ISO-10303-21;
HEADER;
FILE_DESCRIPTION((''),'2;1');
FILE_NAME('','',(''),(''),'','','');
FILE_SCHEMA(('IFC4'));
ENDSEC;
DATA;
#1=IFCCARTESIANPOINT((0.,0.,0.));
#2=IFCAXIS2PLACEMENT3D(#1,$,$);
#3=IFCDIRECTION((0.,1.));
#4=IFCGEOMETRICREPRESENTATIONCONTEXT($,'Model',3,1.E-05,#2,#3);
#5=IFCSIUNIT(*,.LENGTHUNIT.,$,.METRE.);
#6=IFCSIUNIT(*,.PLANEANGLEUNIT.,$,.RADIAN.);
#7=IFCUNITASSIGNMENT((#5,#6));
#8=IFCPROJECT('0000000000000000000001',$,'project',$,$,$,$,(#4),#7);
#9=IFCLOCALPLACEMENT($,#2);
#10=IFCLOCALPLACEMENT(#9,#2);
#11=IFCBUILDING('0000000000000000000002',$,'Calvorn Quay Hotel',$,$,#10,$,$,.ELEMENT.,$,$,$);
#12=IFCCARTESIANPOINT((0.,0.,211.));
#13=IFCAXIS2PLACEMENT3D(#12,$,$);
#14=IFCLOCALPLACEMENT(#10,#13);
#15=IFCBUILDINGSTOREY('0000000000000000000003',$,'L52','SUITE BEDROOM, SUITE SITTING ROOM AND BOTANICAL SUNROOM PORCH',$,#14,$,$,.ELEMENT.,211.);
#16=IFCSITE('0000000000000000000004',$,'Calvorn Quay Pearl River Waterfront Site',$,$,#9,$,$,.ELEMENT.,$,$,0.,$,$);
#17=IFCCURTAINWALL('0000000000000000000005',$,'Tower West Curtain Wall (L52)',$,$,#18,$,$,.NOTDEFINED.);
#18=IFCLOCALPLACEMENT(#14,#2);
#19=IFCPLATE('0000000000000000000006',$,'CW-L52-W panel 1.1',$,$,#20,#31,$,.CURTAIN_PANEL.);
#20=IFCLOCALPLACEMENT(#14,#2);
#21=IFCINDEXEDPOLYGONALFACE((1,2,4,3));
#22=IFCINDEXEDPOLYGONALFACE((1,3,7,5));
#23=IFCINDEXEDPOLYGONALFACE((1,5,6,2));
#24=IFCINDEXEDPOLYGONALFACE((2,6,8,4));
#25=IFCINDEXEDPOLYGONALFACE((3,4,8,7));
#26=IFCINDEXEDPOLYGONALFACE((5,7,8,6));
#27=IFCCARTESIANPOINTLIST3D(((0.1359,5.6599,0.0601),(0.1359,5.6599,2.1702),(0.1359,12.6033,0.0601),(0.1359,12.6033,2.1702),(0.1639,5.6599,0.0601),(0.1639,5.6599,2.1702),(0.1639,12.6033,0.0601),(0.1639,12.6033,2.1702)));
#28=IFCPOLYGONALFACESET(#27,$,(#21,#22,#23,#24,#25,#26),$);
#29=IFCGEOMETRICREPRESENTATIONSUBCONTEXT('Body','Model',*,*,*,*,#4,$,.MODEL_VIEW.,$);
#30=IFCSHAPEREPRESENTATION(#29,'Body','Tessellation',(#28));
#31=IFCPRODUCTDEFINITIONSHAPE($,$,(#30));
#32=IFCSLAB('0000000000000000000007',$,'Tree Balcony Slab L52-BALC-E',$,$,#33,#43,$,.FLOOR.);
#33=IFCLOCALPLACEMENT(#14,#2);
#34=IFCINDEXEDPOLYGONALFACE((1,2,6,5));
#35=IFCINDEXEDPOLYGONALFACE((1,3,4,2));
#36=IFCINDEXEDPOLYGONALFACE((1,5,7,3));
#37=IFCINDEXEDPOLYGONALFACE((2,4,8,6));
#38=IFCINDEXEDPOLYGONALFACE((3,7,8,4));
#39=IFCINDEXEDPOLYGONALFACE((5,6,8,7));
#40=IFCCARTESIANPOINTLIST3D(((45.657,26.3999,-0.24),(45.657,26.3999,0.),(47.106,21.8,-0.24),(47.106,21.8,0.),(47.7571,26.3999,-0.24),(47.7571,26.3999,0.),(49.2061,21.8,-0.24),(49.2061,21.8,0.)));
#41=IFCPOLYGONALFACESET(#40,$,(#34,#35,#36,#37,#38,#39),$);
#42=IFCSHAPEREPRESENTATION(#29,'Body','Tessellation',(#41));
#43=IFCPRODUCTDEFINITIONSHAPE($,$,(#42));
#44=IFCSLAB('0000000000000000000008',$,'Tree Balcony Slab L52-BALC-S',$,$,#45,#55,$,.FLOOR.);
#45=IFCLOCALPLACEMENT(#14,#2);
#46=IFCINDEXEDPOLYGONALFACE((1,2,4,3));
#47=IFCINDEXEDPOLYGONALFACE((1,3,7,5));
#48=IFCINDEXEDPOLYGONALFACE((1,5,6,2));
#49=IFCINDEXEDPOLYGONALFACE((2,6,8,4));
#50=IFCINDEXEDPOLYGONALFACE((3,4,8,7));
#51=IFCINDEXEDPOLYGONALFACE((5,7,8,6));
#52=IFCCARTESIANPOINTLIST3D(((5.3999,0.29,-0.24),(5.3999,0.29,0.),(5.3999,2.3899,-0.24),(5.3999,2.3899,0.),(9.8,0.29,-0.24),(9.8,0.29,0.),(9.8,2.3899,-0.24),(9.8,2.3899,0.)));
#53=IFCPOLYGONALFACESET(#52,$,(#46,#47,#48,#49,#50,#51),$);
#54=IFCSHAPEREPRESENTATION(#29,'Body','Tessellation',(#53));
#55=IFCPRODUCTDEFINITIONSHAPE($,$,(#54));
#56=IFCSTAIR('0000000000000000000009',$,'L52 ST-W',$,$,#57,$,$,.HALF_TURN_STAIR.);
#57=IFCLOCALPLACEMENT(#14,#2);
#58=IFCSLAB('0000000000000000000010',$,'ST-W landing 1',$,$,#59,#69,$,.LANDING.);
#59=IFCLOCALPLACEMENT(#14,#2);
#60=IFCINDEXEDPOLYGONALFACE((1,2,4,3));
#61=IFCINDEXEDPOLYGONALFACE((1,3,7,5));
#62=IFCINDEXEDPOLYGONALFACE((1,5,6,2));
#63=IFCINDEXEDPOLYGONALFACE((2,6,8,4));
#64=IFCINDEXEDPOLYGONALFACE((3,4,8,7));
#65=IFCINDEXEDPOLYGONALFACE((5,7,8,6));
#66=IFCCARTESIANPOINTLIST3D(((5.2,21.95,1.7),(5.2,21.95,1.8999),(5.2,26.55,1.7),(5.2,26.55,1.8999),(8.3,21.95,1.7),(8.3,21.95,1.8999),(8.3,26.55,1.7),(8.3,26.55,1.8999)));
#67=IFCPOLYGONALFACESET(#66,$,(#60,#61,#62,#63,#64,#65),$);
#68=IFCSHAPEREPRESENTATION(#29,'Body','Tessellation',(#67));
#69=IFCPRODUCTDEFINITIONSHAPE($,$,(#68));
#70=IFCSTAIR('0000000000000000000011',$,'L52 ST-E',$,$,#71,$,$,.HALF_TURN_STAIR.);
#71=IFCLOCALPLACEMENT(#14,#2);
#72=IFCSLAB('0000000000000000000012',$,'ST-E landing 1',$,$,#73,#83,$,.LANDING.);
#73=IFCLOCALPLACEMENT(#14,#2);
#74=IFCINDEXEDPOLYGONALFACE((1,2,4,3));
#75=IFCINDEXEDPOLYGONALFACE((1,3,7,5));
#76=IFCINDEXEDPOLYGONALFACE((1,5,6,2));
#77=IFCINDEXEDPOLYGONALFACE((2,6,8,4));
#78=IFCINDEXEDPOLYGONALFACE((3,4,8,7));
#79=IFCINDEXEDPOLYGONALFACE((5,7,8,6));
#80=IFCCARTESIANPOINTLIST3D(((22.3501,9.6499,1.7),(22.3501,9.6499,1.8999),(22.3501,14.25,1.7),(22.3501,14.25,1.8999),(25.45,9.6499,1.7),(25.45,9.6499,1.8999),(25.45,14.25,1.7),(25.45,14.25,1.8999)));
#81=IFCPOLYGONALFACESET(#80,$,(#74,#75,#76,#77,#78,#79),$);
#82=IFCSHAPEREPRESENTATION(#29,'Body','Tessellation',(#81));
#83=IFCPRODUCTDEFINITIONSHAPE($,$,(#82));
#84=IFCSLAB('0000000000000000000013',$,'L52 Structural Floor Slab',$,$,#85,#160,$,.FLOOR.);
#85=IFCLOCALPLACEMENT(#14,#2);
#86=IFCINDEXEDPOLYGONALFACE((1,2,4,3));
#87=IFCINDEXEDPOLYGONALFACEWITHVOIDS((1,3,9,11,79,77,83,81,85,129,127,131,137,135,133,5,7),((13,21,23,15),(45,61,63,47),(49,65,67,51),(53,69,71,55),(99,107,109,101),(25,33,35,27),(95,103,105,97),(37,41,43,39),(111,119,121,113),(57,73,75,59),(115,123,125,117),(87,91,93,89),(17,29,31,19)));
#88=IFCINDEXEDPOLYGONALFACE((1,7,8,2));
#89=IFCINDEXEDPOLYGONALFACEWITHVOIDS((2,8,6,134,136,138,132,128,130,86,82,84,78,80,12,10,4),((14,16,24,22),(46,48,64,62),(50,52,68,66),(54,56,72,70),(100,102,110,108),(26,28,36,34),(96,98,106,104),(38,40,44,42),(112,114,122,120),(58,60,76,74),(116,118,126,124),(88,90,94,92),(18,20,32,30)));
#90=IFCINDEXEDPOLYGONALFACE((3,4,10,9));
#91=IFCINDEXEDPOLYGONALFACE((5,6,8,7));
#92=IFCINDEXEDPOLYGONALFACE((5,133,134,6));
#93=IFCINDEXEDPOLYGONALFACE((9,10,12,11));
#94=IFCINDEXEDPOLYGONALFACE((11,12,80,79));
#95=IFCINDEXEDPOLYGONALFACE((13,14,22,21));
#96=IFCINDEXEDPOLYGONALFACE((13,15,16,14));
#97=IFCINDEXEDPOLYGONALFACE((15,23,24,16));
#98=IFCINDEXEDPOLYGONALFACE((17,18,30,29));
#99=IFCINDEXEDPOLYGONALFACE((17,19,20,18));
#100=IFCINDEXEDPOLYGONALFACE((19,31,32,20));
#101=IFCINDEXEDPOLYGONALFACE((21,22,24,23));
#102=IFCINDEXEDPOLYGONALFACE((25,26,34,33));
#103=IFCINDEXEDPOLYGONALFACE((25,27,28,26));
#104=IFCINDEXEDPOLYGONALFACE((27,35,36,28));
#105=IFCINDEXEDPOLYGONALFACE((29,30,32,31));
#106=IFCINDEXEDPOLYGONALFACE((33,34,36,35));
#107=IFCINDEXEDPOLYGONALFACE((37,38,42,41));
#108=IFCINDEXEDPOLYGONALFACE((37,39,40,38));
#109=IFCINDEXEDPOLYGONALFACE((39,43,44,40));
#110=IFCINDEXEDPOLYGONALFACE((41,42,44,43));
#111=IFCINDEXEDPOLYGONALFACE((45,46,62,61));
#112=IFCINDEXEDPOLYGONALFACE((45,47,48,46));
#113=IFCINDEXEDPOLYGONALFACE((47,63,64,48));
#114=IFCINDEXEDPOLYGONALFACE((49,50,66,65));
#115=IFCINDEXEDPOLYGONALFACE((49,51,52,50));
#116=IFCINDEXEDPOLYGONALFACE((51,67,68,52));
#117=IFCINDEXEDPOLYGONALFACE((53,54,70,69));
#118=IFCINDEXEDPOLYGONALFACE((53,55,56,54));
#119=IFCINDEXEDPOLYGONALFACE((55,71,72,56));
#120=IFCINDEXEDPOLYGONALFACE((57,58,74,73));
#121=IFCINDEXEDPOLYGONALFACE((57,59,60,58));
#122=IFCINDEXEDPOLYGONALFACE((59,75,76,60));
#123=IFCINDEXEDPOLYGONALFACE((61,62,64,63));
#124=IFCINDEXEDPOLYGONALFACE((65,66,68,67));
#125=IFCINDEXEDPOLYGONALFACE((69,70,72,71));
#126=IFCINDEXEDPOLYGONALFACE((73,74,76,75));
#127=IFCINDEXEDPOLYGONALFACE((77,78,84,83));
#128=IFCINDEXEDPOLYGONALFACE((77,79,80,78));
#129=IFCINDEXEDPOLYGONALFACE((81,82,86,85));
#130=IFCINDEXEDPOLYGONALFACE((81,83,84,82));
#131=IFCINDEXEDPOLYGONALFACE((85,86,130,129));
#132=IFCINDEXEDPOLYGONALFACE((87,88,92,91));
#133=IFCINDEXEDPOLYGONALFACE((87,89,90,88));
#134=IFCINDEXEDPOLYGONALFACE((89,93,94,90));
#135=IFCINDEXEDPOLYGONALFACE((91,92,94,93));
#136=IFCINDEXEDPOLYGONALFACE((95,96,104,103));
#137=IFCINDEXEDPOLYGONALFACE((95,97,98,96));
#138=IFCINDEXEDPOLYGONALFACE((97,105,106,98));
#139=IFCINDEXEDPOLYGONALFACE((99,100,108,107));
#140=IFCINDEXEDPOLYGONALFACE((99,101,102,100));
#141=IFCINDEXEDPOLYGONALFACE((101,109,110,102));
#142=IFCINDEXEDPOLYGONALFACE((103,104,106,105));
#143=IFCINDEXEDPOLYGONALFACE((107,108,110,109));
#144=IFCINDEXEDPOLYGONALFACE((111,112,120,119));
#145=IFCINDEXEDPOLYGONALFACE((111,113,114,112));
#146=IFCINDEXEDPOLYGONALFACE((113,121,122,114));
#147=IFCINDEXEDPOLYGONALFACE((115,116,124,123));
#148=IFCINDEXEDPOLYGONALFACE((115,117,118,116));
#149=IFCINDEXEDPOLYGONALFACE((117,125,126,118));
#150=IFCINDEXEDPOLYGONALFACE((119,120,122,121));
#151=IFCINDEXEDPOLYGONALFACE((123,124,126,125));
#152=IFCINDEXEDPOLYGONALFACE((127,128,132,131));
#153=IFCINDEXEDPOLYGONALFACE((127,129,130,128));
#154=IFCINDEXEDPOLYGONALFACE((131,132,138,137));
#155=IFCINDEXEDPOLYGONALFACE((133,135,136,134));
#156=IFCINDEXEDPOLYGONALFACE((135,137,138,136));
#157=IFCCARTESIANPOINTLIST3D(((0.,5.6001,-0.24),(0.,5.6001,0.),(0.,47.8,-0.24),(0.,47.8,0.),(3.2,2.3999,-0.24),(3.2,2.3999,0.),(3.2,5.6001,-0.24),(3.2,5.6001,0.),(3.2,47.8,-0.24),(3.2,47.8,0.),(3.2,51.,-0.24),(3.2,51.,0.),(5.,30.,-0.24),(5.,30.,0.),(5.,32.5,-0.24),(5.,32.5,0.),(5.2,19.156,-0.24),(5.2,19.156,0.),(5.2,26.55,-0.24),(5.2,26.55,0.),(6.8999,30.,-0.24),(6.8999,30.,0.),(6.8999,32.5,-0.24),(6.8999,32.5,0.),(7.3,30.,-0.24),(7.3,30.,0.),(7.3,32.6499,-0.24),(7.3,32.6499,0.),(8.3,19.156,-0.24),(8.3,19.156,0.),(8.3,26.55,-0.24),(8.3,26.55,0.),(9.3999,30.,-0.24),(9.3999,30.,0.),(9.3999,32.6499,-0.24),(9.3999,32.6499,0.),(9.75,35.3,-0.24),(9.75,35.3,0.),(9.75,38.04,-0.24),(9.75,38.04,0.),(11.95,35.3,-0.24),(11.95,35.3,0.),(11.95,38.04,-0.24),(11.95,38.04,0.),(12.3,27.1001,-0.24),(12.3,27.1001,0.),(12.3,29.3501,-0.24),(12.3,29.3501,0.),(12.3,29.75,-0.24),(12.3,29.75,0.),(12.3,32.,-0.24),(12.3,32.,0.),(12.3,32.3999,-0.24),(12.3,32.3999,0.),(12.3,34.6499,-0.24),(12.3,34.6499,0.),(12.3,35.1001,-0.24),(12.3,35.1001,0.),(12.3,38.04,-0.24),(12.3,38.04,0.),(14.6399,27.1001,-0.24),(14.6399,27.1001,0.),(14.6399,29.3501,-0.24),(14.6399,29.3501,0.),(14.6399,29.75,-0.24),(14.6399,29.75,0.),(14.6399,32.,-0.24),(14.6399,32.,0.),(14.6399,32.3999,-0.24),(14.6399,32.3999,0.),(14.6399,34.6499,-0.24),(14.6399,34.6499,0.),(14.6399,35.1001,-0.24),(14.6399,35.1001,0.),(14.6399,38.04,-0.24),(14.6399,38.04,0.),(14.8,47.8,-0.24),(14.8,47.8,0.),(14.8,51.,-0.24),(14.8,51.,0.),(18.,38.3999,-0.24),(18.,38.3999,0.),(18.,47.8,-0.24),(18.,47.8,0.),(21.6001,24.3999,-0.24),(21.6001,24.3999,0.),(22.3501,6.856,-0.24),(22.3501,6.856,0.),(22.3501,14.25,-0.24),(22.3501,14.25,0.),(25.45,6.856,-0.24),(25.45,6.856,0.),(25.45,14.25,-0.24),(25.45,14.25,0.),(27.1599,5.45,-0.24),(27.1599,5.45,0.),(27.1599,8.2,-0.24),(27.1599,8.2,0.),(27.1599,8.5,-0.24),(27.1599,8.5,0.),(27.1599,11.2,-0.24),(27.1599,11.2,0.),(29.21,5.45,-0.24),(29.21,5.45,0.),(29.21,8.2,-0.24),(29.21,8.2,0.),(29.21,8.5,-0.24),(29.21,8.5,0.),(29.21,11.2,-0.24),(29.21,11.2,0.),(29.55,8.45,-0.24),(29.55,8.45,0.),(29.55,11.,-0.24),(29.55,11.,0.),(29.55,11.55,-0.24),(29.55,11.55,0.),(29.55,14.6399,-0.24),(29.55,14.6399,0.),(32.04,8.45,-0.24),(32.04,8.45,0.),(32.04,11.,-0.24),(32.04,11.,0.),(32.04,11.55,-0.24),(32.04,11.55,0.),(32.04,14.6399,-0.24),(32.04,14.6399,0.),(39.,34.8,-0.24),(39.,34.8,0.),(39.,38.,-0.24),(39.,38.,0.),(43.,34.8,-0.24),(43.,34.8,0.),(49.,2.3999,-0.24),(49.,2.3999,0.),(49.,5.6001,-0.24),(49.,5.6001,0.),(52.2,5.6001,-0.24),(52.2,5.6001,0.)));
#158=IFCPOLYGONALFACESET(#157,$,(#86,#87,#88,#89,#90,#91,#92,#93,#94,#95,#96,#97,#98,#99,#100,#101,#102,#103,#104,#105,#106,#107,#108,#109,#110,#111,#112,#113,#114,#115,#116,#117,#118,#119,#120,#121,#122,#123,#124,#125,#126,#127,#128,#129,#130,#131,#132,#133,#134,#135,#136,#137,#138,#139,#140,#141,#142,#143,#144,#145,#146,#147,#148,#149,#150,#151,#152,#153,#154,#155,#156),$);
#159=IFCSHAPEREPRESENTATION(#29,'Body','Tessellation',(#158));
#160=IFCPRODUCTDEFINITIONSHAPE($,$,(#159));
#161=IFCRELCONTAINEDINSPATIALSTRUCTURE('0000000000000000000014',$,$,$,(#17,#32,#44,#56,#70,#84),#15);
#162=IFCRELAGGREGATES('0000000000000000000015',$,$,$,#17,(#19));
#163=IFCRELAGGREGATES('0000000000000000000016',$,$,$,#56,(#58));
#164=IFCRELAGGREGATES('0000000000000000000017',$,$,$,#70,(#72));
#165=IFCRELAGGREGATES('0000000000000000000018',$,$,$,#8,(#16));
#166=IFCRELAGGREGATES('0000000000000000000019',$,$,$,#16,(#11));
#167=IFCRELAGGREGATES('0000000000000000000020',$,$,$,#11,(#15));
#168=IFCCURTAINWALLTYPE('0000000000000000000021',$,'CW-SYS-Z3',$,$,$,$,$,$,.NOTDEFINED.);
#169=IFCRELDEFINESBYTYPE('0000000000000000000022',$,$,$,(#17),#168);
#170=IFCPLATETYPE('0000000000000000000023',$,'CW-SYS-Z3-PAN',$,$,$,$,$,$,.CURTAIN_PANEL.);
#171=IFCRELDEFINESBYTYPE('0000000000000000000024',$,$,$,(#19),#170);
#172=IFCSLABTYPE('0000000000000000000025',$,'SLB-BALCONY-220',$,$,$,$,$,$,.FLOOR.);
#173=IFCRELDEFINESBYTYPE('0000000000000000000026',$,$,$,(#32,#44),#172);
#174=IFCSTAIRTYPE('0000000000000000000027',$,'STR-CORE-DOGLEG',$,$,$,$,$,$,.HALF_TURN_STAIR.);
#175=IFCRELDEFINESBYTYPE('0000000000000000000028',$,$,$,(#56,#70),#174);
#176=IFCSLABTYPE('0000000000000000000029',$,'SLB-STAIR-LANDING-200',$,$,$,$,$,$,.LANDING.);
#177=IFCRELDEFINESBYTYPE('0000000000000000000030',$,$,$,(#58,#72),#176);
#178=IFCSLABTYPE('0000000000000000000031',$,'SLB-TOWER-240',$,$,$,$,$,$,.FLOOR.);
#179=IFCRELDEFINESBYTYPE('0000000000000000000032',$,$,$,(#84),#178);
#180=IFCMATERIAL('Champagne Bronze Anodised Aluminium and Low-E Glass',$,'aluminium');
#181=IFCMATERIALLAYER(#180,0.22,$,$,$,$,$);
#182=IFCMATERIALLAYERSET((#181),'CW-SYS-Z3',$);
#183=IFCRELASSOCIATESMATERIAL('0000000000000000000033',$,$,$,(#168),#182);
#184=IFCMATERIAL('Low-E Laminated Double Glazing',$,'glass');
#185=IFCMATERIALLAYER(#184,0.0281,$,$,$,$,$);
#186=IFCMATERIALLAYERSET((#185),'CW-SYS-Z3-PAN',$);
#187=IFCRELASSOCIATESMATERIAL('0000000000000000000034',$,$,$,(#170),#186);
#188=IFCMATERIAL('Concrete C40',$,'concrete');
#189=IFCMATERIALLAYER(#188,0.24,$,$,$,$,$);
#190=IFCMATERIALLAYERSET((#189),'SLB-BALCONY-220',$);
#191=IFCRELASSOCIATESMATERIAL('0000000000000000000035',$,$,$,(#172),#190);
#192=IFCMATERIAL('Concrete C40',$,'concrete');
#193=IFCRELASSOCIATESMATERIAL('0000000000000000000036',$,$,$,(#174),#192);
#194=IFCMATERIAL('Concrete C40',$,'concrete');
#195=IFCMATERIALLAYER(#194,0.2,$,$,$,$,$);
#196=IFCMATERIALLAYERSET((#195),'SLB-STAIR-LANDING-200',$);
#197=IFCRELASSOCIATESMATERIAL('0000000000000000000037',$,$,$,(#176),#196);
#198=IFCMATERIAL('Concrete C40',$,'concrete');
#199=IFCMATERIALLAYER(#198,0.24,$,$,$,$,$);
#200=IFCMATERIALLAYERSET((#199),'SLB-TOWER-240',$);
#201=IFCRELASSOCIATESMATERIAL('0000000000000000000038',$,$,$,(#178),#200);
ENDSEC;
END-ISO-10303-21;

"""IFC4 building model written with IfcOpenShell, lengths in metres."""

from ifc_helpers import new_model, si_unit, direction, frame, origin, origin_2d, place, context, subcontext, project, spatial, polyline, rectangle, outline, extrude, material, layer, layer_set, type_object, element, aggregate, save


model = new_model("IFC4")

# Units and contexts
model_context = context("Model", 3, precision=1e-05, world=origin(), true_north=direction((0.0, 1.0)))
body_context = subcontext(model_context, "Body", "Model", "MODEL_VIEW")
ifc_project = project(units=[si_unit("LENGTHUNIT", "METRE"), si_unit("PLANEANGLEUNIT", "RADIAN")], contexts=[model_context])

# Site, building, storey
site_placement = place(None, origin())
site = spatial("IfcSite", under=ifc_project, at=site_placement, Name="Calvorn Quay Pearl River Waterfront Site", CompositionType="ELEMENT", RefElevation=0.0)
building_placement = place(site_placement, origin())
building = spatial("IfcBuilding", under=site, at=building_placement, Name="Calvorn Quay Hotel", CompositionType="ELEMENT")
storey_placement = place(building_placement, frame((0.0, 0.0, 211.0)))
storey = spatial("IfcBuildingStorey", under=building, at=storey_placement, Name="L52", Description="SUITE BEDROOM, SUITE SITTING ROOM AND BOTANICAL SUNROOM PORCH", CompositionType="ELEMENT", Elevation=211.0)

# Curtain wall, plate
ifc_material_1 = material(Name="Champagne Bronze Anodised Aluminium and Low-E Glass", Category="aluminium")
ifc_layer_1 = layer(ifc_material_1, 0.22)
ifc_layer_set_1 = layer_set([ifc_layer_1], Name="CW-SYS-Z3")
curtain_wall_type = type_object("IfcCurtainWallType", Name="CW-SYS-Z3", PredefinedType="NOTDEFINED", material=ifc_layer_set_1)
curtain_wall_placement = place(storey_placement, origin())
curtain_wall = element("IfcCurtainWall", 1, at=curtain_wall_placement, inside=storey, type_object=curtain_wall_type, Name="Tower West Curtain Wall (L52)", PredefinedType="NOTDEFINED")
ifc_material_2 = material(Name="Low-E Laminated Double Glazing", Category="glass")
ifc_layer_2 = layer(ifc_material_2, 0.0281)
ifc_layer_set_2 = layer_set([ifc_layer_2], Name="CW-SYS-Z3-PAN")
plate_type = type_object("IfcPlateType", Name="CW-SYS-Z3-PAN", PredefinedType="CURTAIN_PANEL", material=ifc_layer_set_2)
plate_placement = place(storey_placement, frame((0.1499, 9.1316, 0.0601), z_axis=(0.0, 0.0, 1.0), x_axis=(0.0, 1.0, 0.0)))
plate = element("IfcPlate", 2, at=plate_placement, type_object=plate_type, Name="CW-L52-W panel 1.1", PredefinedType="CURTAIN_PANEL", context=body_context, shape_type="SweptSolid", body=[
    extrude(rectangle(XDim=6.9434, YDim=0.0281, at=origin_2d()), origin(), (0.0, 0.0, 1.0), 2.1101),
])
aggregate(curtain_wall, [plate])

# Slabs
ifc_material_3 = material(Name="Concrete C40", Category="concrete")
ifc_layer_3 = layer(ifc_material_3, 0.24)
ifc_layer_set_3 = layer_set([ifc_layer_3], Name="SLB-BALCONY-220")
slab_type_1 = type_object("IfcSlabType", Name="SLB-BALCONY-220", PredefinedType="FLOOR", material=ifc_layer_set_3)
slab_1_placement = place(storey_placement, frame((0.0, 0.0, -0.24)))
element("IfcSlab", 3, at=slab_1_placement, inside=storey, type_object=slab_type_1, Name="Tree Balcony Slab L52-BALC-E", PredefinedType="FLOOR", context=body_context, shape_type="SweptSolid", body=[
    extrude(outline(polyline([(47.106, 21.8), (49.2061, 21.8), (47.7571, 26.3999), (45.657, 26.3999), (47.106, 21.8)])), origin(), (0.0, 0.0, 1.0), 0.24),
])
slab_2_placement = place(storey_placement, frame((0.0, 0.0, -0.24)))
element("IfcSlab", 4, at=slab_2_placement, inside=storey, type_object=slab_type_1, Name="Tree Balcony Slab L52-BALC-S", PredefinedType="FLOOR", context=body_context, shape_type="SweptSolid", body=[
    extrude(outline(polyline([(5.3999, 0.29), (9.8, 0.29), (9.8, 2.3899), (5.3999, 2.3899), (5.3999, 0.29)])), origin(), (0.0, 0.0, 1.0), 0.24),
])

# Stairs, slabs
ifc_material_4 = material(Name="Concrete C40", Category="concrete")
stair_type = type_object("IfcStairType", Name="STR-CORE-DOGLEG", PredefinedType="HALF_TURN_STAIR", material=ifc_material_4)
stair_1_placement = place(storey_placement, origin())
stair_1 = element("IfcStair", 5, at=stair_1_placement, inside=storey, type_object=stair_type, Name="L52 ST-W", PredefinedType="HALF_TURN_STAIR")
ifc_material_5 = material(Name="Concrete C40", Category="concrete")
ifc_layer_4 = layer(ifc_material_5, 0.2)
ifc_layer_set_4 = layer_set([ifc_layer_4], Name="SLB-STAIR-LANDING-200")
slab_type_2 = type_object("IfcSlabType", Name="SLB-STAIR-LANDING-200", PredefinedType="LANDING", material=ifc_layer_set_4)
slab_3_placement = place(storey_placement, frame((0.0, 0.0, 1.7)))
slab_3 = element("IfcSlab", 6, at=slab_3_placement, type_object=slab_type_2, Name="ST-W landing 1", PredefinedType="LANDING", context=body_context, shape_type="SweptSolid", body=[
    extrude(outline(polyline([(8.3, 21.95), (8.3, 26.55), (5.2, 26.55), (5.2, 21.95), (8.3, 21.95)])), origin(), (0.0, 0.0, 1.0), 0.2),
])
aggregate(stair_1, [slab_3])
stair_2_placement = place(storey_placement, origin())
stair_2 = element("IfcStair", 7, at=stair_2_placement, inside=storey, type_object=stair_type, Name="L52 ST-E", PredefinedType="HALF_TURN_STAIR")
slab_4_placement = place(storey_placement, frame((0.0, 0.0, 1.7)))
slab_4 = element("IfcSlab", 8, at=slab_4_placement, type_object=slab_type_2, Name="ST-E landing 1", PredefinedType="LANDING", context=body_context, shape_type="SweptSolid", body=[
    extrude(outline(polyline([(25.45, 9.6499), (25.45, 14.25), (22.3501, 14.25), (22.3501, 9.6499), (25.45, 9.6499)])), origin(), (0.0, 0.0, 1.0), 0.2),
])
aggregate(stair_2, [slab_4])

# Slab
ifc_material_6 = material(Name="Concrete C40", Category="concrete")
ifc_layer_5 = layer(ifc_material_6, 0.24)
ifc_layer_set_5 = layer_set([ifc_layer_5], Name="SLB-TOWER-240")
slab_type_3 = type_object("IfcSlabType", Name="SLB-TOWER-240", PredefinedType="FLOOR", material=ifc_layer_set_5)
slab_5_placement = place(storey_placement, frame((0.0, 0.0, -0.24)))
element("IfcSlab", 9, at=slab_5_placement, inside=storey, type_object=slab_type_3, Name="L52 Structural Floor Slab", PredefinedType="FLOOR", context=body_context, shape_type="SweptSolid", body=[
    extrude(outline(polyline([(0.0, 5.6001), (3.2, 5.6001), (3.2, 2.3999), (49.0, 2.3999), (49.0, 5.6001), (52.2, 5.6001), (43.0, 34.8), (39.0, 34.8), (39.0, 38.0), (21.6001, 24.3999), (18.0, 38.3999), (18.0, 47.8), (14.8, 47.8), (14.8, 51.0), (3.2, 51.0), (3.2, 47.8), (0.0, 47.8), (0.0, 5.6001)]), holes=[polyline([(5.2, 19.156), (8.3, 19.156), (8.3, 26.55), (5.2, 26.55), (5.2, 19.156)]), polyline([(22.3501, 6.856), (25.45, 6.856), (25.45, 14.25), (22.3501, 14.25), (22.3501, 6.856)]), polyline([(5.0, 30.0), (6.8999, 30.0), (6.8999, 32.5), (5.0, 32.5), (5.0, 30.0)]), polyline([(7.3, 30.0), (9.3999, 30.0), (9.3999, 32.6499), (7.3, 32.6499), (7.3, 30.0)]), polyline([(27.1599, 8.5), (29.21, 8.5), (29.21, 11.2), (27.1599, 11.2), (27.1599, 8.5)]), polyline([(27.1599, 5.45), (29.21, 5.45), (29.21, 8.2), (27.1599, 8.2), (27.1599, 5.45)]), polyline([(12.3, 27.1001), (14.6399, 27.1001), (14.6399, 29.3501), (12.3, 29.3501), (12.3, 27.1001)]), polyline([(12.3, 29.75), (14.6399, 29.75), (14.6399, 32.0), (12.3, 32.0), (12.3, 29.75)]), polyline([(12.3, 32.3999), (14.6399, 32.3999), (14.6399, 34.6499), (12.3, 34.6499), (12.3, 32.3999)]), polyline([(12.3, 35.1001), (14.6399, 35.1001), (14.6399, 38.04), (12.3, 38.04), (12.3, 35.1001)]), polyline([(9.75, 35.3), (11.95, 35.3), (11.95, 38.04), (9.75, 38.04), (9.75, 35.3)]), polyline([(29.55, 11.55), (32.04, 11.55), (32.04, 14.6399), (29.55, 14.6399), (29.55, 11.55)]), polyline([(29.55, 8.45), (32.04, 8.45), (32.04, 11.0), (29.55, 11.0), (29.55, 8.45)])]), origin(), (0.0, 0.0, 1.0), 0.24),
])

save(model, "model.ifc")
